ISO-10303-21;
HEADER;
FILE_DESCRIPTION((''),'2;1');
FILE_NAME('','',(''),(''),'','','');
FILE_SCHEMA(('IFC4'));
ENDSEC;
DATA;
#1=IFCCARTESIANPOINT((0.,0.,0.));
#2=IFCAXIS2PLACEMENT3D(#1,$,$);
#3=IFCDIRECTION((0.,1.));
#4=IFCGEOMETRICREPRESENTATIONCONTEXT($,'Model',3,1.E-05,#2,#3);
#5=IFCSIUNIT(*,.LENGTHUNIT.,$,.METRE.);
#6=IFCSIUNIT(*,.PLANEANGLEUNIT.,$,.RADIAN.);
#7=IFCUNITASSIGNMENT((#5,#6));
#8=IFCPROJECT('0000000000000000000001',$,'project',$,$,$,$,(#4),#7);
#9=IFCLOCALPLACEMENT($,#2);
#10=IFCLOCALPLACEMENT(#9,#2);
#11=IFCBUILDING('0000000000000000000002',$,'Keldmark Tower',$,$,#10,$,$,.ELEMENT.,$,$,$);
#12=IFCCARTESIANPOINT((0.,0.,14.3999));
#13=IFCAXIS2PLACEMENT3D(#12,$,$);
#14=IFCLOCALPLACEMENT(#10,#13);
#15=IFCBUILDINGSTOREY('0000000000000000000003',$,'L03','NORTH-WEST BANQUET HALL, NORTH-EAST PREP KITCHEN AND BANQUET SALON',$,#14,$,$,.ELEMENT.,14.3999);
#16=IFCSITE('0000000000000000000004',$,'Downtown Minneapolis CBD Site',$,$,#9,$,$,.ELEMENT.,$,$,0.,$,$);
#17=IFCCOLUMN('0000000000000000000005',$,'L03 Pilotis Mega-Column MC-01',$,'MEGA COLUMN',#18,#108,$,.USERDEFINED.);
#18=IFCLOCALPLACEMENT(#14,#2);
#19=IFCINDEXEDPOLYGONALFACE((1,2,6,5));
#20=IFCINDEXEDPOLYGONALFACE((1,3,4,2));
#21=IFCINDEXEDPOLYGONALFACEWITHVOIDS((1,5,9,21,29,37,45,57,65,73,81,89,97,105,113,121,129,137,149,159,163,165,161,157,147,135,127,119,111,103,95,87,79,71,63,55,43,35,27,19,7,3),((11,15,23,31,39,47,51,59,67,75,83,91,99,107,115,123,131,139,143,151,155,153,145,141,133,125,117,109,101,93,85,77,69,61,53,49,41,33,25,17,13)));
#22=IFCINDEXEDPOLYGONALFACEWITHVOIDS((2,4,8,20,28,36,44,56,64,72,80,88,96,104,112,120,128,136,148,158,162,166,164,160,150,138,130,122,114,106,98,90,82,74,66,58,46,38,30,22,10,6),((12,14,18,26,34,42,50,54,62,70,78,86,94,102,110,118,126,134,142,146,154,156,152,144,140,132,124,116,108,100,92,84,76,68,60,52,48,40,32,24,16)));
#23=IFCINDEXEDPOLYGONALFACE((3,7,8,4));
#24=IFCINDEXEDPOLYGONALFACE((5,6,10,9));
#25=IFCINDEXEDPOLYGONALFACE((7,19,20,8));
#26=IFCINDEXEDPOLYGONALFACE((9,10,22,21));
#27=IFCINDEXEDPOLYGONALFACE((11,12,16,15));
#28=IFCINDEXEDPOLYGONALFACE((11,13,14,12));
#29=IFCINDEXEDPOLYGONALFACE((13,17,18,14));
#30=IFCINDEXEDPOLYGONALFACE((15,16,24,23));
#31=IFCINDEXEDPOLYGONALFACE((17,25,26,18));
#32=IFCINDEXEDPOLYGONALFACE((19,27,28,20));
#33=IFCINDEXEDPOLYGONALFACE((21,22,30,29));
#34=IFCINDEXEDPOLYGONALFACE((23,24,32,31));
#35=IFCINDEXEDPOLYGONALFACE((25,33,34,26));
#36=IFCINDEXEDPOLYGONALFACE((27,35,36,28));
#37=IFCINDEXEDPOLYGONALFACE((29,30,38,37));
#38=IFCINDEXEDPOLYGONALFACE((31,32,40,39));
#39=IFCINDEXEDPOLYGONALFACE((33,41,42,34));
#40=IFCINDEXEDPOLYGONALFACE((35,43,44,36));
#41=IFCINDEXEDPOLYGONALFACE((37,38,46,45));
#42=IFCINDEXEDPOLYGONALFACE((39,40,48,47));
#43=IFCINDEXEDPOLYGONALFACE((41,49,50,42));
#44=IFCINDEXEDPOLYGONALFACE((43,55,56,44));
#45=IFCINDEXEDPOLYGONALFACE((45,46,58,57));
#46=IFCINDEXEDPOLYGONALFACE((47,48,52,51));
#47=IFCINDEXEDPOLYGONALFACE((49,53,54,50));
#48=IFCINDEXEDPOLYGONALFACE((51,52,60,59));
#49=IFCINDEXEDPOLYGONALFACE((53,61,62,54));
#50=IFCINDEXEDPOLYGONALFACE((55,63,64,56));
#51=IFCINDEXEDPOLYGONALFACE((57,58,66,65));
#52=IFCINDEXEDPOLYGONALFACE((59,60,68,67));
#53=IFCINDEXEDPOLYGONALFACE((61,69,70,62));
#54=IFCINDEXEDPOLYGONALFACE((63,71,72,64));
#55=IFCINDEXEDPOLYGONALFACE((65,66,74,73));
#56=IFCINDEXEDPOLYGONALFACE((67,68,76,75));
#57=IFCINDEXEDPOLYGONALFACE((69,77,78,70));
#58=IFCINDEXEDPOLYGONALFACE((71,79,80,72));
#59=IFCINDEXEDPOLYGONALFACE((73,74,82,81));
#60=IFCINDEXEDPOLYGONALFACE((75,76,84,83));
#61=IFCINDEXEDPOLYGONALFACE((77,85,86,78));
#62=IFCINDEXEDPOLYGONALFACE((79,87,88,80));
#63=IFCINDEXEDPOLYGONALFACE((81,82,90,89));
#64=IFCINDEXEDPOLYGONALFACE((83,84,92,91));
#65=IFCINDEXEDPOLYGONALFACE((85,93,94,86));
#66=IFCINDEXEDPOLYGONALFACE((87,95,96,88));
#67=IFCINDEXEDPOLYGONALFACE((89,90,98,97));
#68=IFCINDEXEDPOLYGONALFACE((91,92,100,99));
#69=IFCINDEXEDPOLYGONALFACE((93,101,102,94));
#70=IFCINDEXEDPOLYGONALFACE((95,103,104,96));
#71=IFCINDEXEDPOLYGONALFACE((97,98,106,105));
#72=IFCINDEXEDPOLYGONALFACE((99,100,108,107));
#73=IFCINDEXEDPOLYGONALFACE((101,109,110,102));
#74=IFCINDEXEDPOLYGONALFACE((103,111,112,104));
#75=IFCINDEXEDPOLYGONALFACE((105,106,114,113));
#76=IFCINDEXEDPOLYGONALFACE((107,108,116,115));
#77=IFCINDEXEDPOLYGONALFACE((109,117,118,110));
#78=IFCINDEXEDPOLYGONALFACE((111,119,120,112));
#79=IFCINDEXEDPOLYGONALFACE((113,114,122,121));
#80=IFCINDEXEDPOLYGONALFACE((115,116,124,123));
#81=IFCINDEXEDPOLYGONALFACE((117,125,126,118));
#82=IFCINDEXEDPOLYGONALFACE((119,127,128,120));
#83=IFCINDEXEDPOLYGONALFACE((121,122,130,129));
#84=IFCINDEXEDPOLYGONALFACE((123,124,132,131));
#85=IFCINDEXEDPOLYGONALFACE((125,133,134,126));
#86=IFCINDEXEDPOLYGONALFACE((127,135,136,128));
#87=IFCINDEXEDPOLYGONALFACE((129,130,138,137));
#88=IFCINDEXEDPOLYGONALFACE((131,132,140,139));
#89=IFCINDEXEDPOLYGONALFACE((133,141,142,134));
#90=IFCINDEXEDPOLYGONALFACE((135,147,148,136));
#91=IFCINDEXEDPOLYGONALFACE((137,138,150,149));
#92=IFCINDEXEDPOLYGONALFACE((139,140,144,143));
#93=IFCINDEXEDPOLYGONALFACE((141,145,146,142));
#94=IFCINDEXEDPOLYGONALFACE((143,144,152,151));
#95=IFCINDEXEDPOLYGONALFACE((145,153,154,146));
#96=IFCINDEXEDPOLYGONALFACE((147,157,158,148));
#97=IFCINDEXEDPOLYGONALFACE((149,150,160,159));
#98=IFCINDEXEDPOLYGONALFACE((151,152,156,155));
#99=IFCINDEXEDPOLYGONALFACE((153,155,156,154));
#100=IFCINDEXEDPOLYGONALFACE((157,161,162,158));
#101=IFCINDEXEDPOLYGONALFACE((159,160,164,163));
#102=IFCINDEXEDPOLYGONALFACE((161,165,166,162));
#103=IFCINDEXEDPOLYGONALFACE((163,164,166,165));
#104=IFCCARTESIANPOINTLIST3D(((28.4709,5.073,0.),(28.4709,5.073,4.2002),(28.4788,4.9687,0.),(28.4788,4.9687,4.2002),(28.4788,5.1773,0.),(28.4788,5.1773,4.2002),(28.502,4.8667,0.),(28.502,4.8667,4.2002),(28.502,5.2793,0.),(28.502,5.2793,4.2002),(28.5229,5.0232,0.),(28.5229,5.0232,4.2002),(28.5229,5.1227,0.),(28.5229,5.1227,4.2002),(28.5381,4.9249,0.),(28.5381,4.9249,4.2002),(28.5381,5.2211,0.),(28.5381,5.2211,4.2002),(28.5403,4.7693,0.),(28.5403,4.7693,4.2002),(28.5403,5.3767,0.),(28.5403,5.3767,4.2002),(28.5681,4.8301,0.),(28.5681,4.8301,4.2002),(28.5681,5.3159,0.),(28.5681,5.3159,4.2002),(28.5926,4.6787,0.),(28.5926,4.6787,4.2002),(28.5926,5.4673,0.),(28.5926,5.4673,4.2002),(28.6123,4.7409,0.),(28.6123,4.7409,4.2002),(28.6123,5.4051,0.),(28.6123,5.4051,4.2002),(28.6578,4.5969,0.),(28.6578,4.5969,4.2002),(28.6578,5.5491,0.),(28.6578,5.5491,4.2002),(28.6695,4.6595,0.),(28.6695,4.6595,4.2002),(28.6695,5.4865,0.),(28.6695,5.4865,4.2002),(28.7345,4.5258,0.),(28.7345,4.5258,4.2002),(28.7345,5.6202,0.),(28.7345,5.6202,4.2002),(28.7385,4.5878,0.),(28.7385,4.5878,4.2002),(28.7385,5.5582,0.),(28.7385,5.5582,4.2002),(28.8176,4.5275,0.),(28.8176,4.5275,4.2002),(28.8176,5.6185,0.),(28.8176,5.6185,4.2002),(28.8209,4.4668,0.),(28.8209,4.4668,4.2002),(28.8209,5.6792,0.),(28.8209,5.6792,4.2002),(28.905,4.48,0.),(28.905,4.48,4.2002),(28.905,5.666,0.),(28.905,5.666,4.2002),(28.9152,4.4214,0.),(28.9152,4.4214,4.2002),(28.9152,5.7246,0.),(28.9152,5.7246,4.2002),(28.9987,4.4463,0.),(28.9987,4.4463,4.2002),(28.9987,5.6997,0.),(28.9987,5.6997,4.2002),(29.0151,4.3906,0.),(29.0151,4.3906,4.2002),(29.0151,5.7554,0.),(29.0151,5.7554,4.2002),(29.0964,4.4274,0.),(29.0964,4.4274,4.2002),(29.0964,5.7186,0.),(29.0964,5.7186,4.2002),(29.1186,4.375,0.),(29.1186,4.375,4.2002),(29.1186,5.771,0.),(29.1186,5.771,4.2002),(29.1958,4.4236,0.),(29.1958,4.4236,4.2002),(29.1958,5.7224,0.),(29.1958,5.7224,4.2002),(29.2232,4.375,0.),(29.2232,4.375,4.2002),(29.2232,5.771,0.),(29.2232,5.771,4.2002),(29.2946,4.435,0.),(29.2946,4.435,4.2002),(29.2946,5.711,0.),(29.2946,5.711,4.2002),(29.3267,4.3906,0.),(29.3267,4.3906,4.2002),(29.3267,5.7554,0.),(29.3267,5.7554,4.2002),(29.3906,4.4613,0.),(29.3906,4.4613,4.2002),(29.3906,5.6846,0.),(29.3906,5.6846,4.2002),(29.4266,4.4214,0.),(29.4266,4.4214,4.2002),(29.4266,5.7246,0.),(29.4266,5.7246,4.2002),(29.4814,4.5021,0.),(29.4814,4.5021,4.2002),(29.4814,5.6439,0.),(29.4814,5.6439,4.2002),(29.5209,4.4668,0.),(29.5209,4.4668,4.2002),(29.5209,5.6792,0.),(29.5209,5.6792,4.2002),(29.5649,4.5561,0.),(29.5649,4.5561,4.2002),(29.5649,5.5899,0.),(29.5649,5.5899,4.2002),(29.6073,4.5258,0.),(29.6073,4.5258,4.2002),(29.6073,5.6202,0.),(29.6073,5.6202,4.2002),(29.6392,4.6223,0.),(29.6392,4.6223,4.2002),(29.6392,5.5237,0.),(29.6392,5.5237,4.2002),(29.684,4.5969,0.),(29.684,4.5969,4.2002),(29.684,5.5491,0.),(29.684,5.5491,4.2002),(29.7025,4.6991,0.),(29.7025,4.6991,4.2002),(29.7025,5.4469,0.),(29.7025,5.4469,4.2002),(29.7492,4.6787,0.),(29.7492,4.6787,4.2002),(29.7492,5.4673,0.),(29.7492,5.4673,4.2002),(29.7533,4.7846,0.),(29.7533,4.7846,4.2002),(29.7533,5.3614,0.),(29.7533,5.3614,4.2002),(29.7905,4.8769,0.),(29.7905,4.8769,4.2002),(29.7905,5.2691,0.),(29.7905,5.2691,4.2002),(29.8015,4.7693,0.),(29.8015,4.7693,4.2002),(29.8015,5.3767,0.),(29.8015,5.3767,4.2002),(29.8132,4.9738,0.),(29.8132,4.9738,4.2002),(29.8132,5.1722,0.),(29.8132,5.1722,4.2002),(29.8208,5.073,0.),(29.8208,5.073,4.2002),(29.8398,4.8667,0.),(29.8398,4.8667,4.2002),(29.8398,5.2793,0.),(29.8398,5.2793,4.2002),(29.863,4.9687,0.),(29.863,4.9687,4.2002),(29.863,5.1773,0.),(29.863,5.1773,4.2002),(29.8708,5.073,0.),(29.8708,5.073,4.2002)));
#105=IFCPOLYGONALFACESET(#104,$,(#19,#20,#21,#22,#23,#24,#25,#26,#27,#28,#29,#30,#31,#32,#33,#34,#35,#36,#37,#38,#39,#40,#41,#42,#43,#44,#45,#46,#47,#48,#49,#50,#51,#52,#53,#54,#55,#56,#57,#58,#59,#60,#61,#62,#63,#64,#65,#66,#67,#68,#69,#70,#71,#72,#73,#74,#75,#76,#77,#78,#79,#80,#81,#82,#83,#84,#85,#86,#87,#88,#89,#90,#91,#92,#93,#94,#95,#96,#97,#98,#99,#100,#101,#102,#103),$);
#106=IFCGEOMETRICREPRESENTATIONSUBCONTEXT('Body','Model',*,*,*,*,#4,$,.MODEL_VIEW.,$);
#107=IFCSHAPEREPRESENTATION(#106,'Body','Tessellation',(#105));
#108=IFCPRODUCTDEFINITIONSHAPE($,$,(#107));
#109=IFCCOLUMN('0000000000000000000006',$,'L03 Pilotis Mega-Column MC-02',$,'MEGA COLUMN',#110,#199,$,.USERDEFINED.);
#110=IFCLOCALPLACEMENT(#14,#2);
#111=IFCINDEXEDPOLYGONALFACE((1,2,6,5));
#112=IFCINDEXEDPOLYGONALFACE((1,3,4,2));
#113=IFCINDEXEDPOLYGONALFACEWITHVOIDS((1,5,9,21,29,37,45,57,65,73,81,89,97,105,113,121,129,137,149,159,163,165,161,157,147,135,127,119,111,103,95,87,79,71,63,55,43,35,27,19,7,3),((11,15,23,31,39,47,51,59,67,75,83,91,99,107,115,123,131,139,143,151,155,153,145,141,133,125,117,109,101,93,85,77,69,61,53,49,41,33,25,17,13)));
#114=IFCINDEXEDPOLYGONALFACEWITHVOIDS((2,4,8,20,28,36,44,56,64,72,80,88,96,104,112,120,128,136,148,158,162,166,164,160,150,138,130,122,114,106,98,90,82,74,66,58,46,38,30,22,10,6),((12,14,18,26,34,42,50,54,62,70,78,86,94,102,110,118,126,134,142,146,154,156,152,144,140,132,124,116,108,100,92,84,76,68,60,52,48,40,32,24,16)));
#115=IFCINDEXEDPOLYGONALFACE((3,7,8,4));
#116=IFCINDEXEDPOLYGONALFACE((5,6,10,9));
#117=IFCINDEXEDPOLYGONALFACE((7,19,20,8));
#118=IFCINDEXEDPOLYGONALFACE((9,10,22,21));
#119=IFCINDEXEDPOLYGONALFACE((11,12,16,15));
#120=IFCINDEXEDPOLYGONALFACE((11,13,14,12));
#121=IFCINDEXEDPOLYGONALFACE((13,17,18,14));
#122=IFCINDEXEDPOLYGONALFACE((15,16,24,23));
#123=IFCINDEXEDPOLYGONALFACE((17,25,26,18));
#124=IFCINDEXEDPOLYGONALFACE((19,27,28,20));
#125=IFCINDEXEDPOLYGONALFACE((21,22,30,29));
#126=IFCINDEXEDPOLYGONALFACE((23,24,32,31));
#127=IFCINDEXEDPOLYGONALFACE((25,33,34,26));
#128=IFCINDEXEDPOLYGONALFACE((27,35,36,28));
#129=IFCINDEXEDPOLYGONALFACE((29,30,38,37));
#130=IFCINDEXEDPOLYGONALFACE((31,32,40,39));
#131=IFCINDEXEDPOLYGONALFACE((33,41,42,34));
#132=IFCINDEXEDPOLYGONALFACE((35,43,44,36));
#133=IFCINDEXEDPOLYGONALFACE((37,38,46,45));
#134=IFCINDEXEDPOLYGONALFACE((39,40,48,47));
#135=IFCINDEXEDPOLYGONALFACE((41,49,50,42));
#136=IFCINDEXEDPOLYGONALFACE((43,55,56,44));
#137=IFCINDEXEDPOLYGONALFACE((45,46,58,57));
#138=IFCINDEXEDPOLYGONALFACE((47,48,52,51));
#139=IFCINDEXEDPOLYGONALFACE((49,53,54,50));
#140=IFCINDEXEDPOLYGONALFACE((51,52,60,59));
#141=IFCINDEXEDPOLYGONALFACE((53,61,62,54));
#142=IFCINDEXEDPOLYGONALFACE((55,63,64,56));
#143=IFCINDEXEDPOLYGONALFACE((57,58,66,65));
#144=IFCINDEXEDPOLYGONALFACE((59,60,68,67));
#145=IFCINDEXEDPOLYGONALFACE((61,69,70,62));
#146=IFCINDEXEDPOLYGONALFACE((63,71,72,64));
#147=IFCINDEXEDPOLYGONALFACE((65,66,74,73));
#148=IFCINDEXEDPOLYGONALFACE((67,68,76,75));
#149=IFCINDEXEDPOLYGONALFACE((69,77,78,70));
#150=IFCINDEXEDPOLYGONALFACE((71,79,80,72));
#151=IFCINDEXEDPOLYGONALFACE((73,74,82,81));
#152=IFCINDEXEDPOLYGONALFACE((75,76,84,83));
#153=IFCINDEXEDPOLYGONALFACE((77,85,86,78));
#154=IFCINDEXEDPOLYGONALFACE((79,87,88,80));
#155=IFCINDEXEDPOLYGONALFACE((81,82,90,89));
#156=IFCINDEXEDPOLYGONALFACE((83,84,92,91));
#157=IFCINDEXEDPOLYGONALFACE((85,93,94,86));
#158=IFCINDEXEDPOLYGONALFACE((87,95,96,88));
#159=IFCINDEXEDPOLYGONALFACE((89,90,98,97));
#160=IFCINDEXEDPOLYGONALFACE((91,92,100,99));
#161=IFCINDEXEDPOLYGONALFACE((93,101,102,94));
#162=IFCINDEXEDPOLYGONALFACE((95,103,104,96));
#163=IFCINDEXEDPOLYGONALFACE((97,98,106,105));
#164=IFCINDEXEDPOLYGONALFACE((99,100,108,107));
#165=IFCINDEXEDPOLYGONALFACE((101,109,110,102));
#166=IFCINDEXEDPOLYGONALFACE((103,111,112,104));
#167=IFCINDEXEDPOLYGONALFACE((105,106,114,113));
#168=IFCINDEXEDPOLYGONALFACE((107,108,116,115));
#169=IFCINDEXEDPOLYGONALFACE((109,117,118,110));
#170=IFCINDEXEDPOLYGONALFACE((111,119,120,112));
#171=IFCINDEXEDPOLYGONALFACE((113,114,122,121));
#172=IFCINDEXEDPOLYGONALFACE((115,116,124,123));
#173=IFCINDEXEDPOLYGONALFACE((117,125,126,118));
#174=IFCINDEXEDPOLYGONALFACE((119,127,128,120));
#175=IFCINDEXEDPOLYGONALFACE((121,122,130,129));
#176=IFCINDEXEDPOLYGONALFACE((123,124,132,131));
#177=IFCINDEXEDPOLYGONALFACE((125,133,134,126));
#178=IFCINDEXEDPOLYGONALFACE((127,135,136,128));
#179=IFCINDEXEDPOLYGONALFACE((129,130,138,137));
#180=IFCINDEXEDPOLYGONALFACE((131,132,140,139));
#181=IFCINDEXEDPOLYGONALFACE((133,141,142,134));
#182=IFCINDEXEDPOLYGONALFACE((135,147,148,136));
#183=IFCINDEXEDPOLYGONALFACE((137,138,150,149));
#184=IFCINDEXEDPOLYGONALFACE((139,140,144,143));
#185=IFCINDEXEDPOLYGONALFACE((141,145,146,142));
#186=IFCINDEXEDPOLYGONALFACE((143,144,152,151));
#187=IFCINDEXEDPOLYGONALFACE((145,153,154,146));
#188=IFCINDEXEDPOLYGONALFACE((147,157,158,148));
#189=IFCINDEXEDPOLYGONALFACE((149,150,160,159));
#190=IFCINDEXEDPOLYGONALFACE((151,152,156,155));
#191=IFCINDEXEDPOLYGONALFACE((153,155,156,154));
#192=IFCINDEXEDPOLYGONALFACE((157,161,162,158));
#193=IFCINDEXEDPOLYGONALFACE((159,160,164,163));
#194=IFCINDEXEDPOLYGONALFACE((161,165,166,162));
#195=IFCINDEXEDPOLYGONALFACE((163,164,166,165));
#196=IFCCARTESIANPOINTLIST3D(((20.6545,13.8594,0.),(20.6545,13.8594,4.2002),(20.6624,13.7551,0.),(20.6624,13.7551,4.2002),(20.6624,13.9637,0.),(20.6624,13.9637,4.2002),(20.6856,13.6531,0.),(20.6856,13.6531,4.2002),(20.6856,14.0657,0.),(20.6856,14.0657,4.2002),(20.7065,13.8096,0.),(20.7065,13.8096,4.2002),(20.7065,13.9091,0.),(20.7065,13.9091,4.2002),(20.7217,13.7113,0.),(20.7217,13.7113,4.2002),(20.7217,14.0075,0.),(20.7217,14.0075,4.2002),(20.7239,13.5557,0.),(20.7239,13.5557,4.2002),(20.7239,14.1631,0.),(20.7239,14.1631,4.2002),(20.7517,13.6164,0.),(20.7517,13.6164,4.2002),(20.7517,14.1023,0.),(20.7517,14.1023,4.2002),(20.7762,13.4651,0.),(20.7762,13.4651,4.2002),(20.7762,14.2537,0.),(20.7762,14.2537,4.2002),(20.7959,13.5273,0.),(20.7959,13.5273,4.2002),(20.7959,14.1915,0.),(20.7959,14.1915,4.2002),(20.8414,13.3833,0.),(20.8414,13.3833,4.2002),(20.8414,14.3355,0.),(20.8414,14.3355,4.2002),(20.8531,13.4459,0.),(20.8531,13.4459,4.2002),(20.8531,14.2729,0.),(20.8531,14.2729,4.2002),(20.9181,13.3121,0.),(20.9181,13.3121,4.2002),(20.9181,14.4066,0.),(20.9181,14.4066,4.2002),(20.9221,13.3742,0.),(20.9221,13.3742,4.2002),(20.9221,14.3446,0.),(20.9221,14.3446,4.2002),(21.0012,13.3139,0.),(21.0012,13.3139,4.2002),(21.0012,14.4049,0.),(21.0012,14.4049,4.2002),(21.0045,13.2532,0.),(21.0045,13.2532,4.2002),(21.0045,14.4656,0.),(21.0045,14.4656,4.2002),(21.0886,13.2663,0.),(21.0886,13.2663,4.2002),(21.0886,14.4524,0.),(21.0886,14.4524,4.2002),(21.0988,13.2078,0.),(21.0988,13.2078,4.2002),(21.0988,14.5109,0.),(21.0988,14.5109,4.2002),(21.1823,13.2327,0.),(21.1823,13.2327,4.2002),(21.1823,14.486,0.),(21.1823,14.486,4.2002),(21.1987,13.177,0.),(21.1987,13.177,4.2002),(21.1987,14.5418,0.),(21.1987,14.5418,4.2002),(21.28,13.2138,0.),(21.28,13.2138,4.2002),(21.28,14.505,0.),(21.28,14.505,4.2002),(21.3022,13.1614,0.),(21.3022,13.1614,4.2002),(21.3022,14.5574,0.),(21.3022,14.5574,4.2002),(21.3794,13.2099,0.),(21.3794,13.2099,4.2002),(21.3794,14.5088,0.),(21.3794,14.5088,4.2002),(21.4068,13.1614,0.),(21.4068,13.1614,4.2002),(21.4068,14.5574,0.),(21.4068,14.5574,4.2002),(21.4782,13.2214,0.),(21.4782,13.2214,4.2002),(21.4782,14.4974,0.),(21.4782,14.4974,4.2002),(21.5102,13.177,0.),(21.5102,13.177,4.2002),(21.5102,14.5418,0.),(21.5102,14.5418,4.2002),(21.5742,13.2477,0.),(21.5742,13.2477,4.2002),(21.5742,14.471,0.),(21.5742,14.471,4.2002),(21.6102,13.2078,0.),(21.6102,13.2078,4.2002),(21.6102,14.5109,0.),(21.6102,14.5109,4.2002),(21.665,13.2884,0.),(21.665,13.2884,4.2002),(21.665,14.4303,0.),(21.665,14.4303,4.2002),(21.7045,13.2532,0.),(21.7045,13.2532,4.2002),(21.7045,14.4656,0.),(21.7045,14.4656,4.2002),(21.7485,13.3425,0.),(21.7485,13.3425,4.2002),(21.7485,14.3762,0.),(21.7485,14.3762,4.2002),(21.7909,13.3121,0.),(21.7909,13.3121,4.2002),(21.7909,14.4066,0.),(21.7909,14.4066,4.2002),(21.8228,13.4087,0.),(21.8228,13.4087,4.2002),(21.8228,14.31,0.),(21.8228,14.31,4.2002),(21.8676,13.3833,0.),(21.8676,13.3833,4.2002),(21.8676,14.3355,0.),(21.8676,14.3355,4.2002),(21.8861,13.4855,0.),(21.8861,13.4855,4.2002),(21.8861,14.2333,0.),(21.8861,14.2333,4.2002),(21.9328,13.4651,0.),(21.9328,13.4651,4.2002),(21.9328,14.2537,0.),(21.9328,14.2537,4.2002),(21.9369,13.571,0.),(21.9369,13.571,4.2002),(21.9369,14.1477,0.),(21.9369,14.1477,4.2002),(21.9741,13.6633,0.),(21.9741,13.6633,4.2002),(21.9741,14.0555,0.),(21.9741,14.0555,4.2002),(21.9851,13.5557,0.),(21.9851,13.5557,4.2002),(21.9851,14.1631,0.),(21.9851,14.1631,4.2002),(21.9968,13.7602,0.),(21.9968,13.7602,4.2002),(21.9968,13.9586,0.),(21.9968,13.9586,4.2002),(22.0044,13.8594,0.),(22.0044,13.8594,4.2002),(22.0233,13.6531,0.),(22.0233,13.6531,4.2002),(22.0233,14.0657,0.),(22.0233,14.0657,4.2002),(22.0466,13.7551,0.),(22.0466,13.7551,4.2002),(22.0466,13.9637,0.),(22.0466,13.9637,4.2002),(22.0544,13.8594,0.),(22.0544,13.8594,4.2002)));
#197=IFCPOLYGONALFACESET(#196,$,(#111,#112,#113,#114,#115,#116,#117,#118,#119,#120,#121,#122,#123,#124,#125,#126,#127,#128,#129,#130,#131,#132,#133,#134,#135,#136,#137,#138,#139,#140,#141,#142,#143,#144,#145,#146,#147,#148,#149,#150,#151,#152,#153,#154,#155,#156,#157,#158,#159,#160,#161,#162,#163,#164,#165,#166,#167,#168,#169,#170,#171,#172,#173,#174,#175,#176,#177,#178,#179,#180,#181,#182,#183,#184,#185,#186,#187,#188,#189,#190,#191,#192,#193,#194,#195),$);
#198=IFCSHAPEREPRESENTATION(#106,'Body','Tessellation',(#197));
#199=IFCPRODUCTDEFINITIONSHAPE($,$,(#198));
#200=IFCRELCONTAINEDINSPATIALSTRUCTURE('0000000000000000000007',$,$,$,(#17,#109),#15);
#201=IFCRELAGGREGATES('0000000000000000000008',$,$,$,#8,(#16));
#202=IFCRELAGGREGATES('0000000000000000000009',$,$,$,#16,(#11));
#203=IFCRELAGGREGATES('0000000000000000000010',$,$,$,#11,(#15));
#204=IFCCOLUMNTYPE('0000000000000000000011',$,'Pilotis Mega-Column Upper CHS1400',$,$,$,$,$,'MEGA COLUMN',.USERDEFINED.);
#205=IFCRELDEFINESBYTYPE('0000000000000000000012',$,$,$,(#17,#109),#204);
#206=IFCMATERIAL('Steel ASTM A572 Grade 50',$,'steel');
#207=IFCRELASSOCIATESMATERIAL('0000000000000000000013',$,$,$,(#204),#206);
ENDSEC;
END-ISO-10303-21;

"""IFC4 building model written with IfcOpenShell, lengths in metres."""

from ifc_helpers import new_model, si_unit, direction, frame, origin, origin_2d, place, context, subcontext, project, spatial, hollow_circle, extrude, material, material_profile, profile_set, type_object, element, save


model = new_model("IFC4")

# Units and contexts
model_context = context("Model", 3, precision=1e-05, world=origin(), true_north=direction((0.0, 1.0)))
body_context = subcontext(model_context, "Body", "Model", "MODEL_VIEW")
ifc_project = project(units=[si_unit("LENGTHUNIT", "METRE"), si_unit("PLANEANGLEUNIT", "RADIAN")], contexts=[model_context])

# Site, building, storey
site_placement = place(None, origin())
site = spatial("IfcSite", under=ifc_project, at=site_placement, Name="Downtown Minneapolis CBD Site", CompositionType="ELEMENT", RefElevation=0.0)
building_placement = place(site_placement, origin())
building = spatial("IfcBuilding", under=site, at=building_placement, Name="Keldmark Tower", CompositionType="ELEMENT")
storey_placement = place(building_placement, frame((0.0, 0.0, 14.3999)))
storey = spatial("IfcBuildingStorey", under=building, at=storey_placement, Name="L03", Description="NORTH-WEST BANQUET HALL, NORTH-EAST PREP KITCHEN AND BANQUET SALON", CompositionType="ELEMENT", Elevation=14.3999)

# Columns
ifc_material_1 = material(Name="Steel ASTM A572 Grade 50", Category="steel")
ifc_material_profile_1 = material_profile(ifc_material_1, hollow_circle(Radius=0.7, WallThickness=0.05, at=origin_2d()), Name="CHS1400X50")
ifc_profile_set_1 = profile_set([ifc_material_profile_1], Name="Steel ASTM A572 Grade 50")
column_type = type_object("IfcColumnType", Name="Pilotis Mega-Column Upper CHS1400", ElementType="MEGA COLUMN", PredefinedType="USERDEFINED", material=ifc_profile_set_1)
for number, where, z_axis, x_axis, name in (
    (1, (29.1709, 5.073, 0.0), (0.0, 0.0, 1.0), (1.0, 0.0, 0.0), "L03 Pilotis Mega-Column MC-01"),
    (2, (21.3545, 13.8594, 0.0), (0.0, 0.0, 1.0), (1.0, 0.0, 0.0), "L03 Pilotis Mega-Column MC-02"),
):
    element("IfcColumn", number, at=place(storey_placement, frame(where, z_axis=z_axis, x_axis=x_axis)), inside=storey, type_object=column_type, Name=name, ObjectType="MEGA COLUMN", PredefinedType="USERDEFINED", context=body_context, shape_type="SweptSolid", body=[
        extrude(hollow_circle(Radius=0.7, WallThickness=0.05, at=origin_2d()), origin(), (0.0, 0.0, 1.0), 4.2002),
    ])

save(model, "model.ifc")
